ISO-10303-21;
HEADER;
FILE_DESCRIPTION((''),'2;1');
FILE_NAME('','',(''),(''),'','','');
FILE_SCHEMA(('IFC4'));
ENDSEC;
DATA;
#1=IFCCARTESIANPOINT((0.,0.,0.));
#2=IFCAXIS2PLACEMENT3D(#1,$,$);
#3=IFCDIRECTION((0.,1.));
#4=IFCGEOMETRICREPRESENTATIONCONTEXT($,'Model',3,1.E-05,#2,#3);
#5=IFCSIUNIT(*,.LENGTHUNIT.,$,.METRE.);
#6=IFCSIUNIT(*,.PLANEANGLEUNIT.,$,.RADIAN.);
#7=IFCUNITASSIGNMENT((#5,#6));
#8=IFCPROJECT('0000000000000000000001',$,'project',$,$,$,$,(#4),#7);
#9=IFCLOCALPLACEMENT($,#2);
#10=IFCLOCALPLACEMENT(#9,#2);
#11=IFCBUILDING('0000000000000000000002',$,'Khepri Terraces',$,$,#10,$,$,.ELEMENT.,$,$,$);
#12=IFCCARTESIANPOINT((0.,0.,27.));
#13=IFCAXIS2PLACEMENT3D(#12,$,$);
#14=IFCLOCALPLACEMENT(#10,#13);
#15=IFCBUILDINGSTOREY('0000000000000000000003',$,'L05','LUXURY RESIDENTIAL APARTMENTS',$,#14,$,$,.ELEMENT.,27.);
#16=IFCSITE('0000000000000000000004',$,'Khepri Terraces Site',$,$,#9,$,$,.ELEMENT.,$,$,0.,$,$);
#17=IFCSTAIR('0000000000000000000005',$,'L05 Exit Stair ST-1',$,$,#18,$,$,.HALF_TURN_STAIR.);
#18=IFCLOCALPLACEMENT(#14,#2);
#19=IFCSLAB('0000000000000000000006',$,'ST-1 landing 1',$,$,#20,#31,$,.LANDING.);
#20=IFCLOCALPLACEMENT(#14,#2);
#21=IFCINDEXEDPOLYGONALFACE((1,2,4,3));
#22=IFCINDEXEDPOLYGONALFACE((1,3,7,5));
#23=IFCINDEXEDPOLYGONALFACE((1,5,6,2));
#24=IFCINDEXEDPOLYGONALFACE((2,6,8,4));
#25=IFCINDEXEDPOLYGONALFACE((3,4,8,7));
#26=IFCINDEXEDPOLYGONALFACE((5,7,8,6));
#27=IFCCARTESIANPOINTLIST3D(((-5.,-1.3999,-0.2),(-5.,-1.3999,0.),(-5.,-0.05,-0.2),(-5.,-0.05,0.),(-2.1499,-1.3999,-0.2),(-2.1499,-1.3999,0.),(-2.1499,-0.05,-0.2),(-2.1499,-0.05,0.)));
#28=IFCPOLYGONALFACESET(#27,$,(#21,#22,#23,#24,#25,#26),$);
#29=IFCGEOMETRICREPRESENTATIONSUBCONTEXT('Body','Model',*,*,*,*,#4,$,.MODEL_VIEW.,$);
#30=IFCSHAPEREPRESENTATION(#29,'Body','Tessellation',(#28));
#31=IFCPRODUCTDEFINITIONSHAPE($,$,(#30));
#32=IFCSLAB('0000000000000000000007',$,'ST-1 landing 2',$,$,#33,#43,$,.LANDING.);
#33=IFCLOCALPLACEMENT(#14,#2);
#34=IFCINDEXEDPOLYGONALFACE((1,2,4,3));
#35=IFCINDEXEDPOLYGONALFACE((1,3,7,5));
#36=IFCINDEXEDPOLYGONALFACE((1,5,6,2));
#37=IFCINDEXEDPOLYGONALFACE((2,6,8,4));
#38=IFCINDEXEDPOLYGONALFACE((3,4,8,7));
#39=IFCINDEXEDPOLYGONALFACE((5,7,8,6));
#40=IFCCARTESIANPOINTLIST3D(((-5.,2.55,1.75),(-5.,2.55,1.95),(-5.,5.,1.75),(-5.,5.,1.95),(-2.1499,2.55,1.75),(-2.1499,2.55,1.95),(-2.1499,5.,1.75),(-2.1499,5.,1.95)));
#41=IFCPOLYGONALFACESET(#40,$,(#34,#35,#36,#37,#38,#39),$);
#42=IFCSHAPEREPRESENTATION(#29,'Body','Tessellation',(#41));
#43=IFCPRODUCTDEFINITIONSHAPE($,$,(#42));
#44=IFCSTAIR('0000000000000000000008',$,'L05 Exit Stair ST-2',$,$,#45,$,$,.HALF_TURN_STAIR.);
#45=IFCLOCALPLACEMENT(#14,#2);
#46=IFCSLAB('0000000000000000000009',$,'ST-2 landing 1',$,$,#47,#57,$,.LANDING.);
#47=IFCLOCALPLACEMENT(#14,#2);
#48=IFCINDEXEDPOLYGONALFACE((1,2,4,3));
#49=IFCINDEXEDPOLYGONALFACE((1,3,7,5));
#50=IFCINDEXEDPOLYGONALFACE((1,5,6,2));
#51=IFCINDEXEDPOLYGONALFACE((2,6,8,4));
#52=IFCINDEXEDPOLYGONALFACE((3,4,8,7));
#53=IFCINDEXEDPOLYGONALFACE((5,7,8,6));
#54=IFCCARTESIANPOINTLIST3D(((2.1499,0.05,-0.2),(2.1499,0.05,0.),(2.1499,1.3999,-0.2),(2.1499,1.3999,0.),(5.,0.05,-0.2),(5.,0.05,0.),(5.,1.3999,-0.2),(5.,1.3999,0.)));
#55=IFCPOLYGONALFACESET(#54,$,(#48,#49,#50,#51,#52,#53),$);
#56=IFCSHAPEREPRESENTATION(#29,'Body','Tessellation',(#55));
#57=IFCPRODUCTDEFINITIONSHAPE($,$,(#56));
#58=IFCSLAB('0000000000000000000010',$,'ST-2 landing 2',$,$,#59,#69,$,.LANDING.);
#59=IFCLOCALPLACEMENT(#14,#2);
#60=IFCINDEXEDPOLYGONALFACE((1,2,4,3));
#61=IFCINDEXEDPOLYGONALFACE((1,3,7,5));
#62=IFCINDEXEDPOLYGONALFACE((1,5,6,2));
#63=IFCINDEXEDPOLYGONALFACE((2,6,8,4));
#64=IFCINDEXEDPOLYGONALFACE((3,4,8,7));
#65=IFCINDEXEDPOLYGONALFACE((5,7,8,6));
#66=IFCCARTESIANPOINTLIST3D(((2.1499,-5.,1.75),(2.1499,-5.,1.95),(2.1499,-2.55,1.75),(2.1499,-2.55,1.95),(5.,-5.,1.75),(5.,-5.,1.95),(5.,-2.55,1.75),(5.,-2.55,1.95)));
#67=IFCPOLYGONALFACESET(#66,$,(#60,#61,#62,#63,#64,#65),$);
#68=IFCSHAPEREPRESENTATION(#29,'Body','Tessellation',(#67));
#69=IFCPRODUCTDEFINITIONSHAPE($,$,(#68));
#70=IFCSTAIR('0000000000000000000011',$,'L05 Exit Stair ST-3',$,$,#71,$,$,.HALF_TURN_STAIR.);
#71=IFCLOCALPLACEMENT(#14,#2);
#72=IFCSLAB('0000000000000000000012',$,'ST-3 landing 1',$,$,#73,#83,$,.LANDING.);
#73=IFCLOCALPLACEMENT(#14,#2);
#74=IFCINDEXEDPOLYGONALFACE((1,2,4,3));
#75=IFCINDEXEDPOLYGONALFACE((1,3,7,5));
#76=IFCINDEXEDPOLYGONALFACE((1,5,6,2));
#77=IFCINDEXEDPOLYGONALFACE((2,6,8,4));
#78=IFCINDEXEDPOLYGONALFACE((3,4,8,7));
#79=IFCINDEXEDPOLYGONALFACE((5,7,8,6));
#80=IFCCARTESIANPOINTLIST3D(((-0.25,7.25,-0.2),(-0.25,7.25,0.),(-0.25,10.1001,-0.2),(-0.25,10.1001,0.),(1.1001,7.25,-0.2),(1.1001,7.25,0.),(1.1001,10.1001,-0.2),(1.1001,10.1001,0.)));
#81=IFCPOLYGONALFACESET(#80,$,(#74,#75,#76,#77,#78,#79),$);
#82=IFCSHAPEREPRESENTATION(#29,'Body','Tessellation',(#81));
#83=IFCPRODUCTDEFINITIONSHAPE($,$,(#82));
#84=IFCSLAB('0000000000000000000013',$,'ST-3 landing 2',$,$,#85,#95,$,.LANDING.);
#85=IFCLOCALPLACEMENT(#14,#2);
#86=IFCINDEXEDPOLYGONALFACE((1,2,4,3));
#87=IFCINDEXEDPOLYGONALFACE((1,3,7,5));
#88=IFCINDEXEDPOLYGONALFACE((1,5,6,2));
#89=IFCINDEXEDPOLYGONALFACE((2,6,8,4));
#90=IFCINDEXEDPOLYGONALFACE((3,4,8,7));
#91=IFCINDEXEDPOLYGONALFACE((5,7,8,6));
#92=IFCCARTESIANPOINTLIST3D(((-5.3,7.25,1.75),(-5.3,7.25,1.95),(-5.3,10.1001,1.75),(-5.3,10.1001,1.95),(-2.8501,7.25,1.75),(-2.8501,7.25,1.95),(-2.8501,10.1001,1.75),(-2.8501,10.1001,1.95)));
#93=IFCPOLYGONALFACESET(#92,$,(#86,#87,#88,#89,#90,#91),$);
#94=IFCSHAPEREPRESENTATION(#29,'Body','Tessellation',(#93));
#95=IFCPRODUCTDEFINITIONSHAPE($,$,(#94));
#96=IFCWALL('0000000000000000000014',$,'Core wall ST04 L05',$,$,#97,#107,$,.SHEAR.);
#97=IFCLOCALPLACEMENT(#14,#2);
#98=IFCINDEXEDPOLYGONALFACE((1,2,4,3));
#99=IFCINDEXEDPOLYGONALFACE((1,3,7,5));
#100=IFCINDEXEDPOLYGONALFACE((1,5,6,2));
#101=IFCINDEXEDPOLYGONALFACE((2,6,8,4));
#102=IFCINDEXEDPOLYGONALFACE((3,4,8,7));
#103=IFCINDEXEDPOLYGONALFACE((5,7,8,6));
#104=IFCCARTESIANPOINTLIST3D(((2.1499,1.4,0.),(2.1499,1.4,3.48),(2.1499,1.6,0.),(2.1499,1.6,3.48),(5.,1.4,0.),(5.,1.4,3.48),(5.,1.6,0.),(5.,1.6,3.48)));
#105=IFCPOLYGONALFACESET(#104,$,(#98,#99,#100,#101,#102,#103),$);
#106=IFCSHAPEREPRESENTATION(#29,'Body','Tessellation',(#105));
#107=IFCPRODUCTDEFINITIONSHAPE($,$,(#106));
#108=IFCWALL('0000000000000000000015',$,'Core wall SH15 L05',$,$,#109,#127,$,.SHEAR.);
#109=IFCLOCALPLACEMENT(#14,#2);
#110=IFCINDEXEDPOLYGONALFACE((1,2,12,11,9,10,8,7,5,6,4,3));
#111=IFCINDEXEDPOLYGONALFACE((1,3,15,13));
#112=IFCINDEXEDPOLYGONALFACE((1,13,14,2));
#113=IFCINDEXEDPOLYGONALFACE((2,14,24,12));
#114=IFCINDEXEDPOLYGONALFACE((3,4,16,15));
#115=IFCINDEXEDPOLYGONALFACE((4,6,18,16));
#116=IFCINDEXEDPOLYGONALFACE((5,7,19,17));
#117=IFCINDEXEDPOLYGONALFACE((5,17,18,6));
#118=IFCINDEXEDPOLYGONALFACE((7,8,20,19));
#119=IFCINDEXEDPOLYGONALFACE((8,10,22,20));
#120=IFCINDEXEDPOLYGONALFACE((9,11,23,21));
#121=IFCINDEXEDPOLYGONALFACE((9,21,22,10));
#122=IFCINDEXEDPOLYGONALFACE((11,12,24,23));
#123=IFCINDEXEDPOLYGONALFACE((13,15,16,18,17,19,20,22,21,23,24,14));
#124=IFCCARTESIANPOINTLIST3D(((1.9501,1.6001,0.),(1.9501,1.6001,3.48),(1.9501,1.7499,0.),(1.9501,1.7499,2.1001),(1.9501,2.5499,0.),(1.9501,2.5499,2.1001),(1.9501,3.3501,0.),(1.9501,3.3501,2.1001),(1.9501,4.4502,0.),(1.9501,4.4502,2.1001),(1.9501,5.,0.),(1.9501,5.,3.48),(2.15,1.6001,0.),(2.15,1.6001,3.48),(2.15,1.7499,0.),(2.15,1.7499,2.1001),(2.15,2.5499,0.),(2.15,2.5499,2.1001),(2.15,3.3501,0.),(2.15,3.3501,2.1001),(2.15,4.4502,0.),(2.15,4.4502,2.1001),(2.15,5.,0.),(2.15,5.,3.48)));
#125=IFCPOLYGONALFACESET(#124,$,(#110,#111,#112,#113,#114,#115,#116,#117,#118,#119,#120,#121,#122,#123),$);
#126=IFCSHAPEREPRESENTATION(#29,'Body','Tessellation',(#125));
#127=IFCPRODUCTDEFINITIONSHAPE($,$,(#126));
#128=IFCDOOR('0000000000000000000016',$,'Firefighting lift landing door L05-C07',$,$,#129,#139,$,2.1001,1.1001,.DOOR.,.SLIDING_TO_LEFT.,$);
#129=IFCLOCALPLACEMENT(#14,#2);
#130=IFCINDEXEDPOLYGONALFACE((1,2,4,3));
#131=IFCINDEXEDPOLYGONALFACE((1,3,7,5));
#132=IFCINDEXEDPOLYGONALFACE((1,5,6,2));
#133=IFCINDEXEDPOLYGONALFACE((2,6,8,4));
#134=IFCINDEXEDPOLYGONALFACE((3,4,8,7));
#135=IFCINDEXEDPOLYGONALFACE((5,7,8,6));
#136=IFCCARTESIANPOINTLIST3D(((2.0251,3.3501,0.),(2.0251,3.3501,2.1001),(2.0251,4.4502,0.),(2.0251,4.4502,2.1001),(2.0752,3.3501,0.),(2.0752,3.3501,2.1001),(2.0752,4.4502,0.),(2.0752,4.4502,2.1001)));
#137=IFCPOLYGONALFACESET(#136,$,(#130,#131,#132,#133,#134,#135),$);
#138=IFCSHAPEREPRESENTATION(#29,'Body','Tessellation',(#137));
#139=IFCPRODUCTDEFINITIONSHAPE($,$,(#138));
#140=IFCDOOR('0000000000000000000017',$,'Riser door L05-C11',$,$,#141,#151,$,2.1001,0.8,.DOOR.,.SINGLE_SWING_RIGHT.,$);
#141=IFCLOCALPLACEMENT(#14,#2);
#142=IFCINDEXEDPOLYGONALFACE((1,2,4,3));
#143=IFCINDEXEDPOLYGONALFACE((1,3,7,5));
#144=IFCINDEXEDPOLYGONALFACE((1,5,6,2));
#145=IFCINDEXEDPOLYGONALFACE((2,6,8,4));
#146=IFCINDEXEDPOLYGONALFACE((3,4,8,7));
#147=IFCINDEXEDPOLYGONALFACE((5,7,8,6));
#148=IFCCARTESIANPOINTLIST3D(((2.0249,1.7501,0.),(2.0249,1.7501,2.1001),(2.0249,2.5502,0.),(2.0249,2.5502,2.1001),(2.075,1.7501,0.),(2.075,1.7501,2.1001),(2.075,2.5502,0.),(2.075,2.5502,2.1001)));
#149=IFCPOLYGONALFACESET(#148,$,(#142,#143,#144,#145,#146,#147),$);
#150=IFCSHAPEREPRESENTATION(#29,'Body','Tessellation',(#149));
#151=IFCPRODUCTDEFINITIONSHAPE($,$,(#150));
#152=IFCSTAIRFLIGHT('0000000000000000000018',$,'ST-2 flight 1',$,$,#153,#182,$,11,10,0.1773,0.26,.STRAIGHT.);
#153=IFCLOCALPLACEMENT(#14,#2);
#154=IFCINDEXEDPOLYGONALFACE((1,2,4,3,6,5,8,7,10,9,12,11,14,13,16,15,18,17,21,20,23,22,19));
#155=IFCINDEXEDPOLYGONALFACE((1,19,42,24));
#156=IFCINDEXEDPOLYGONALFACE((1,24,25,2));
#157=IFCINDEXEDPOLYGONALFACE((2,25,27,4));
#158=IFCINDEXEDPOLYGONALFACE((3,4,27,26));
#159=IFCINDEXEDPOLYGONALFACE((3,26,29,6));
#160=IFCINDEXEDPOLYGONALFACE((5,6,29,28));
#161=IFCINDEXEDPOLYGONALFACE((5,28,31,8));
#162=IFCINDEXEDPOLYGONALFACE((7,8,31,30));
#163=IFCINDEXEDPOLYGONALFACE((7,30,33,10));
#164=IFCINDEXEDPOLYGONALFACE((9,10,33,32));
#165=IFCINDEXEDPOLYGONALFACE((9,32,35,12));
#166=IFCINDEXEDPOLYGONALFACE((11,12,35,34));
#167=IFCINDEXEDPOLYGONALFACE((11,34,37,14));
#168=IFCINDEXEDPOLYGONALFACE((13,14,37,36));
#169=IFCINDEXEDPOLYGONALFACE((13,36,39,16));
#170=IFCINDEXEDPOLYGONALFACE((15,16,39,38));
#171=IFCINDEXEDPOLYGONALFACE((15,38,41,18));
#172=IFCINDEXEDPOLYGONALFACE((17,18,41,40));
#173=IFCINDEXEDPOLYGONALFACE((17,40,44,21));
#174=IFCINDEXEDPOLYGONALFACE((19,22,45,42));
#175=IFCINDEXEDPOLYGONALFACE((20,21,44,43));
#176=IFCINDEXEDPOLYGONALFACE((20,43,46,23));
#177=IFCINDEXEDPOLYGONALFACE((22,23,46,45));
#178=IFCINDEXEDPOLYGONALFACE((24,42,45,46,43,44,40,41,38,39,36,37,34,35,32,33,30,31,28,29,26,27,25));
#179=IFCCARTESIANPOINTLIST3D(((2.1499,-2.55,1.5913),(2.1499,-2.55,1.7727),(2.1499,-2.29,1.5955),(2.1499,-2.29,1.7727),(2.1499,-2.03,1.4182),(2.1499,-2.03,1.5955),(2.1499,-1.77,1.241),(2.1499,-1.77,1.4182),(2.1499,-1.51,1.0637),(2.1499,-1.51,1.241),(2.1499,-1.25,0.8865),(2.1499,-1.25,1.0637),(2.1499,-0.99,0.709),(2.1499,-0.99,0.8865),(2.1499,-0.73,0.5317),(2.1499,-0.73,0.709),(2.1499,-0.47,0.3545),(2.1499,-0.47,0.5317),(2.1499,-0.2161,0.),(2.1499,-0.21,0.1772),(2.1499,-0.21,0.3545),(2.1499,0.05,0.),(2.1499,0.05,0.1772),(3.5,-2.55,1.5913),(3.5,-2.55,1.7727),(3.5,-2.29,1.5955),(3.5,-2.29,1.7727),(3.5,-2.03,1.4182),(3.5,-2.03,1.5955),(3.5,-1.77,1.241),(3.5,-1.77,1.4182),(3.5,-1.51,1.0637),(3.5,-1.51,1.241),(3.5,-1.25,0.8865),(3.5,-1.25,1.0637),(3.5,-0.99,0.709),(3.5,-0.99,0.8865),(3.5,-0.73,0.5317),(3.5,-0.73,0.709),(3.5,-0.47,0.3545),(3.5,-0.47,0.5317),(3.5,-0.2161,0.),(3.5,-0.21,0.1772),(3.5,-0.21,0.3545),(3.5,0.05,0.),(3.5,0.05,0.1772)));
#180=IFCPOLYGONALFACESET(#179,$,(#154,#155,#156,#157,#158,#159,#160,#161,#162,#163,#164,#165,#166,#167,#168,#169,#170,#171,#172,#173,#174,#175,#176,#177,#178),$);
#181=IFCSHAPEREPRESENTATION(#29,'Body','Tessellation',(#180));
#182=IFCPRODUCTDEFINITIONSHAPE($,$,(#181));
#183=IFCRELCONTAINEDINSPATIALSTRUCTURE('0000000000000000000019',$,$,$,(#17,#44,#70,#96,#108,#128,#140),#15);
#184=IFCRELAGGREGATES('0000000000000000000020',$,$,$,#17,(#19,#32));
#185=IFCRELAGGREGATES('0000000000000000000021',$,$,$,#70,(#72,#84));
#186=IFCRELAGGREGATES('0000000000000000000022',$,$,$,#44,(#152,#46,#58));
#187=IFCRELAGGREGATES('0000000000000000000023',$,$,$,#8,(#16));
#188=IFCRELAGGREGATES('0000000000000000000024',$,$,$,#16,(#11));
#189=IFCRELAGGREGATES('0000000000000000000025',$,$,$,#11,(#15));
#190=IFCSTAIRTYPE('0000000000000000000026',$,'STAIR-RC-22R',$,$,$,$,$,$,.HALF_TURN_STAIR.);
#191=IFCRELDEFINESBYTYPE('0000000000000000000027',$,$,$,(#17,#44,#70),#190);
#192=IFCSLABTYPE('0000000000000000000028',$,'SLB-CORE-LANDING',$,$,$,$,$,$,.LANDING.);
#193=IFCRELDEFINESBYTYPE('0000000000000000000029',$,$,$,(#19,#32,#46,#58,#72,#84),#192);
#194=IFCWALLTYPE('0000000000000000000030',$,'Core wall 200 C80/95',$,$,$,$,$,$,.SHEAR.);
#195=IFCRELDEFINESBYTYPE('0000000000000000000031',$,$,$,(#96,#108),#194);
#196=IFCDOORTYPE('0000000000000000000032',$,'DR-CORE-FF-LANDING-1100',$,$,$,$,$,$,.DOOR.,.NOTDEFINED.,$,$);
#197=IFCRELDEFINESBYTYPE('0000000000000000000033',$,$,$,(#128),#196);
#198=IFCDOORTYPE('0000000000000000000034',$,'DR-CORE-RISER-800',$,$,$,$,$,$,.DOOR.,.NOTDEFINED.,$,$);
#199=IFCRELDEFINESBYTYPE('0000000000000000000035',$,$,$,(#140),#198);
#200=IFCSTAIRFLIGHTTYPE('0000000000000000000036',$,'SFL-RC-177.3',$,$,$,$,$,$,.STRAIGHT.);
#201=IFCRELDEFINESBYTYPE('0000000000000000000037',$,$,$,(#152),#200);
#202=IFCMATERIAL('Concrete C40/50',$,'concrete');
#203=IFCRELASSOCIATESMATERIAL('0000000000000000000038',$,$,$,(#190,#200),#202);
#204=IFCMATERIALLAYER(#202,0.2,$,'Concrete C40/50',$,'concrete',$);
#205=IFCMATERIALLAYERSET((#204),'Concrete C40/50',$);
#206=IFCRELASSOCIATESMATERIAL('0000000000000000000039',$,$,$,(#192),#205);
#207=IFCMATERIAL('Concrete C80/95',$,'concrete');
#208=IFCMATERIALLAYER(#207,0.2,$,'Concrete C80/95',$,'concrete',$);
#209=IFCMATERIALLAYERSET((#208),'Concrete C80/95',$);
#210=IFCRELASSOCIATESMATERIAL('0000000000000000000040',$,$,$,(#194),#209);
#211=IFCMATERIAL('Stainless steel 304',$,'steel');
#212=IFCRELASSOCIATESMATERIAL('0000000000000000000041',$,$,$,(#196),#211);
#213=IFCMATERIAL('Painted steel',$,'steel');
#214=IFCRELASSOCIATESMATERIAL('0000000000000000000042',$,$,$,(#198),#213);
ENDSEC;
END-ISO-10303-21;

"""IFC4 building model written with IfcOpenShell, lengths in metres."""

from ifc_helpers import new_model, si_unit, direction, frame, frame_2d, origin, place, context, subcontext, project, spatial, polyline, rectangle, outline, extrude, material, layer, layer_set, type_object, element, fill, aggregate, save


model = new_model("IFC4")

# Units and contexts
model_context = context("Model", 3, precision=1e-05, world=origin(), true_north=direction((0.0, 1.0)))
body_context = subcontext(model_context, "Body", "Model", "MODEL_VIEW")
ifc_project = project(units=[si_unit("LENGTHUNIT", "METRE"), si_unit("PLANEANGLEUNIT", "RADIAN")], contexts=[model_context])

# Site, building, storey
site_placement = place(None, origin())
site = spatial("IfcSite", under=ifc_project, at=site_placement, Name="Khepri Terraces Site", CompositionType="ELEMENT", RefElevation=0.0)
building_placement = place(site_placement, origin())
building = spatial("IfcBuilding", under=site, at=building_placement, Name="Khepri Terraces", CompositionType="ELEMENT")
storey_placement = place(building_placement, frame((0.0, 0.0, 27.0)))
storey = spatial("IfcBuildingStorey", under=building, at=storey_placement, Name="L05", Description="LUXURY RESIDENTIAL APARTMENTS", CompositionType="ELEMENT", Elevation=27.0)

# Stairs, slabs
ifc_material_1 = material(Name="Concrete C40/50", Category="concrete")
stair_type = type_object("IfcStairType", Name="STAIR-RC-22R", PredefinedType="HALF_TURN_STAIR", material=ifc_material_1)
stair_1_placement = place(storey_placement, origin())
stair_1 = element("IfcStair", 1, at=stair_1_placement, inside=storey, type_object=stair_type, Name="L05 Exit Stair ST-1", PredefinedType="HALF_TURN_STAIR")
ifc_layer_1 = layer(ifc_material_1, 0.2, Name="Concrete C40/50", Category="concrete")
ifc_layer_set_1 = layer_set([ifc_layer_1], Name="Concrete C40/50")
slab_type = type_object("IfcSlabType", Name="SLB-CORE-LANDING", PredefinedType="LANDING", material=ifc_layer_set_1)
slab_1_placement = place(storey_placement, frame((0.0, 0.0, -0.2)))
slab_1 = element("IfcSlab", 2, at=slab_1_placement, type_object=slab_type, Name="ST-1 landing 1", PredefinedType="LANDING", context=body_context, shape_type="SweptSolid", body=[
    extrude(outline(polyline([(-2.1499, -1.3999), (-2.1499, -0.05), (-5.0, -0.05), (-5.0, -1.3999), (-2.1499, -1.3999)])), origin(), (0.0, 0.0, 1.0), 0.2),
])
slab_2_placement = place(storey_placement, frame((0.0, 0.0, 1.75)))
slab_2 = element("IfcSlab", 3, at=slab_2_placement, type_object=slab_type, Name="ST-1 landing 2", PredefinedType="LANDING", context=body_context, shape_type="SweptSolid", body=[
    extrude(outline(polyline([(-2.1499, 2.55), (-2.1499, 5.0), (-5.0, 5.0), (-5.0, 2.55), (-2.1499, 2.55)])), origin(), (0.0, 0.0, 1.0), 0.2),
])
aggregate(stair_1, [slab_1, slab_2])
stair_2_placement = place(storey_placement, origin())
stair_2 = element("IfcStair", 4, at=stair_2_placement, inside=storey, type_object=stair_type, Name="L05 Exit Stair ST-2", PredefinedType="HALF_TURN_STAIR")
slab_3_placement = place(storey_placement, frame((0.0, 0.0, -0.2)))
slab_3 = element("IfcSlab", 5, at=slab_3_placement, type_object=slab_type, Name="ST-2 landing 1", PredefinedType="LANDING", context=body_context, shape_type="SweptSolid", body=[
    extrude(outline(polyline([(2.1499, 1.3999), (2.1499, 0.05), (5.0, 0.05), (5.0, 1.3999), (2.1499, 1.3999)])), origin(), (0.0, 0.0, 1.0), 0.2),
])
slab_4_placement = place(storey_placement, frame((0.0, 0.0, 1.75)))
slab_4 = element("IfcSlab", 6, at=slab_4_placement, type_object=slab_type, Name="ST-2 landing 2", PredefinedType="LANDING", context=body_context, shape_type="SweptSolid", body=[
    extrude(outline(polyline([(2.1499, -2.55), (2.1499, -5.0), (5.0, -5.0), (5.0, -2.55), (2.1499, -2.55)])), origin(), (0.0, 0.0, 1.0), 0.2),
])
stair_3_placement = place(storey_placement, origin())
stair_3 = element("IfcStair", 7, at=stair_3_placement, inside=storey, type_object=stair_type, Name="L05 Exit Stair ST-3", PredefinedType="HALF_TURN_STAIR")
slab_5_placement = place(storey_placement, frame((0.0, 0.0, -0.2)))
slab_5 = element("IfcSlab", 8, at=slab_5_placement, type_object=slab_type, Name="ST-3 landing 1", PredefinedType="LANDING", context=body_context, shape_type="SweptSolid", body=[
    extrude(outline(polyline([(1.1001, 10.1001), (-0.25, 10.1001), (-0.25, 7.25), (1.1001, 7.25), (1.1001, 10.1001)])), origin(), (0.0, 0.0, 1.0), 0.2),
])
slab_6_placement = place(storey_placement, frame((0.0, 0.0, 1.75)))
slab_6 = element("IfcSlab", 9, at=slab_6_placement, type_object=slab_type, Name="ST-3 landing 2", PredefinedType="LANDING", context=body_context, shape_type="SweptSolid", body=[
    extrude(outline(polyline([(-2.8501, 10.1001), (-5.3, 10.1001), (-5.3, 7.25), (-2.8501, 7.25), (-2.8501, 10.1001)])), origin(), (0.0, 0.0, 1.0), 0.2),
])
aggregate(stair_3, [slab_5, slab_6])

# Wall
ifc_material_2 = material(Name="Concrete C80/95", Category="concrete")
ifc_layer_2 = layer(ifc_material_2, 0.2, Name="Concrete C80/95", Category="concrete")
ifc_layer_set_2 = layer_set([ifc_layer_2], Name="Concrete C80/95")
wall_type = type_object("IfcWallType", Name="Core wall 200 C80/95", PredefinedType="SHEAR", material=ifc_layer_set_2)
wall_1_placement = place(storey_placement, frame((2.1499, 1.5, 0.0), z_axis=(0.0, 0.0, 1.0), x_axis=(1.0, 0.0, 0.0)))
element("IfcWall", 10, at=wall_1_placement, inside=storey, type_object=wall_type, Name="Core wall ST04 L05", PredefinedType="SHEAR", context=body_context, shape_type="SweptSolid", body=[
    extrude(rectangle(XDim=2.8501, YDim=0.2, at=frame_2d((1.425, 0.0))), origin(), (0.0, 0.0, 1.0), 3.48),
])

# Wall, openings, doors
wall_2_placement = place(storey_placement, frame((2.05, 1.6001, 0.0), z_axis=(0.0, 0.0, 1.0), x_axis=(0.0, 1.0, 0.0)))
wall_2 = element("IfcWall", 11, at=wall_2_placement, inside=storey, type_object=wall_type, Name="Core wall SH15 L05", PredefinedType="SHEAR", context=body_context, shape_type="SweptSolid", body=[
    extrude(rectangle(XDim=3.3999, YDim=0.2, at=frame_2d((1.7, 0.0))), origin(), (0.0, 0.0, 1.0), 3.48),
])
opening_1_placement = place(wall_2_placement, frame((1.75, 0.0, 0.0)))
opening_1 = element("IfcOpeningElement", 12, at=opening_1_placement, cuts=wall_2, PredefinedType="OPENING", context=body_context, shape_type="SweptSolid", body=[
    extrude(rectangle(XDim=1.1001, YDim=2.1001, at=frame_2d((0.55, 1.05))), frame((0.0, 0.1099, 0.0), z_axis=(0.0, -1.0, 0.0), x_axis=(1.0, 0.0, 0.0)), (0.0, 0.0, 1.0), 0.22),
])
opening_2_placement = place(wall_2_placement, frame((0.1499, 0.0, 0.0)))
opening_2 = element("IfcOpeningElement", 13, at=opening_2_placement, cuts=wall_2, PredefinedType="OPENING", context=body_context, shape_type="SweptSolid", body=[
    extrude(rectangle(XDim=0.8, YDim=2.1001, at=frame_2d((0.3999, 1.05))), frame((0.0, 0.1099, 0.0), z_axis=(0.0, -1.0, 0.0), x_axis=(1.0, 0.0, 0.0)), (0.0, 0.0, 1.0), 0.22),
])
ifc_material_3 = material(Name="Stainless steel 304", Category="steel")
door_type_1 = type_object("IfcDoorType", Name="DR-CORE-FF-LANDING-1100", OperationType="NOTDEFINED", PredefinedType="DOOR", material=ifc_material_3)
door_1_placement = place(opening_1_placement, origin())
door_1 = element("IfcDoor", 14, at=door_1_placement, inside=storey, type_object=door_type_1, Name="Firefighting lift landing door L05-C07", OperationType="SLIDING_TO_LEFT", OverallHeight=2.1001, OverallWidth=1.1001, PredefinedType="DOOR", context=body_context, shape_type="SweptSolid", body=[
    extrude(rectangle(XDim=1.1001, YDim=2.1001, at=frame_2d((0.55, 1.05))), frame((0.0, 0.0249, 0.0), z_axis=(0.0, -1.0, 0.0), x_axis=(1.0, 0.0, 0.0)), (0.0, 0.0, 1.0), 0.05),
])
fill(opening_1, door_1)
ifc_material_4 = material(Name="Painted steel", Category="steel")
door_type_2 = type_object("IfcDoorType", Name="DR-CORE-RISER-800", OperationType="NOTDEFINED", PredefinedType="DOOR", material=ifc_material_4)
door_2_placement = place(opening_2_placement, frame((0.8, 0.0, 0.0), z_axis=(0.0, 0.0, 1.0), x_axis=(-1.0, 0.0, 0.0)))
door_2 = element("IfcDoor", 15, at=door_2_placement, inside=storey, type_object=door_type_2, Name="Riser door L05-C11", OperationType="SINGLE_SWING_RIGHT", OverallHeight=2.1001, OverallWidth=0.8, PredefinedType="DOOR", context=body_context, shape_type="SweptSolid", body=[
    extrude(rectangle(XDim=0.8, YDim=2.1001, at=frame_2d((0.3999, 1.05))), frame((0.0, 0.0249, 0.0), z_axis=(0.0, -1.0, 0.0), x_axis=(1.0, 0.0, 0.0)), (0.0, 0.0, 1.0), 0.05),
])
fill(opening_2, door_2)

# Stair flight
stair_flight_type = type_object("IfcStairFlightType", Name="SFL-RC-177.3", PredefinedType="STRAIGHT", material=ifc_material_1)
stair_flight_placement = place(storey_placement, frame((2.825, 0.05, 0.0), z_axis=(0.0, 0.0, 1.0), x_axis=(0.0, -1.0, 0.0)))
stair_flight = element("IfcStairFlight", 16, at=stair_flight_placement, type_object=stair_flight_type, Name="ST-2 flight 1", NumberOfRisers=11, NumberOfTreads=10, PredefinedType="STRAIGHT", RiserHeight=0.1773, TreadLength=0.26, context=body_context, shape_type="SweptSolid", body=[
    extrude(outline(polyline([(0.0, 0.0), (0.0, 0.1772), (0.26, 0.1772), (0.26, 0.3545), (0.52, 0.3545), (0.52, 0.5317), (0.78, 0.5317), (0.78, 0.709), (1.04, 0.709), (1.04, 0.8865), (1.3, 0.8865), (1.3, 1.0637), (1.5601, 1.0637), (1.5601, 1.241), (1.8201, 1.241), (1.8201, 1.4182), (2.0801, 1.4182), (2.0801, 1.5955), (2.3401, 1.5955), (2.3401, 1.7727), (2.6001, 1.7727), (2.6001, 1.95), (2.6001, 1.5913), (0.2661, 0.0), (0.0, 0.0)])), frame((0.0, 0.675, 0.0), z_axis=(0.0, -1.0, 0.0), x_axis=(1.0, 0.0, 0.0)), (0.0, 0.0, 1.0), 1.3501),
])
aggregate(stair_2, [stair_flight, slab_3, slab_4])

save(model, "model.ifc")
